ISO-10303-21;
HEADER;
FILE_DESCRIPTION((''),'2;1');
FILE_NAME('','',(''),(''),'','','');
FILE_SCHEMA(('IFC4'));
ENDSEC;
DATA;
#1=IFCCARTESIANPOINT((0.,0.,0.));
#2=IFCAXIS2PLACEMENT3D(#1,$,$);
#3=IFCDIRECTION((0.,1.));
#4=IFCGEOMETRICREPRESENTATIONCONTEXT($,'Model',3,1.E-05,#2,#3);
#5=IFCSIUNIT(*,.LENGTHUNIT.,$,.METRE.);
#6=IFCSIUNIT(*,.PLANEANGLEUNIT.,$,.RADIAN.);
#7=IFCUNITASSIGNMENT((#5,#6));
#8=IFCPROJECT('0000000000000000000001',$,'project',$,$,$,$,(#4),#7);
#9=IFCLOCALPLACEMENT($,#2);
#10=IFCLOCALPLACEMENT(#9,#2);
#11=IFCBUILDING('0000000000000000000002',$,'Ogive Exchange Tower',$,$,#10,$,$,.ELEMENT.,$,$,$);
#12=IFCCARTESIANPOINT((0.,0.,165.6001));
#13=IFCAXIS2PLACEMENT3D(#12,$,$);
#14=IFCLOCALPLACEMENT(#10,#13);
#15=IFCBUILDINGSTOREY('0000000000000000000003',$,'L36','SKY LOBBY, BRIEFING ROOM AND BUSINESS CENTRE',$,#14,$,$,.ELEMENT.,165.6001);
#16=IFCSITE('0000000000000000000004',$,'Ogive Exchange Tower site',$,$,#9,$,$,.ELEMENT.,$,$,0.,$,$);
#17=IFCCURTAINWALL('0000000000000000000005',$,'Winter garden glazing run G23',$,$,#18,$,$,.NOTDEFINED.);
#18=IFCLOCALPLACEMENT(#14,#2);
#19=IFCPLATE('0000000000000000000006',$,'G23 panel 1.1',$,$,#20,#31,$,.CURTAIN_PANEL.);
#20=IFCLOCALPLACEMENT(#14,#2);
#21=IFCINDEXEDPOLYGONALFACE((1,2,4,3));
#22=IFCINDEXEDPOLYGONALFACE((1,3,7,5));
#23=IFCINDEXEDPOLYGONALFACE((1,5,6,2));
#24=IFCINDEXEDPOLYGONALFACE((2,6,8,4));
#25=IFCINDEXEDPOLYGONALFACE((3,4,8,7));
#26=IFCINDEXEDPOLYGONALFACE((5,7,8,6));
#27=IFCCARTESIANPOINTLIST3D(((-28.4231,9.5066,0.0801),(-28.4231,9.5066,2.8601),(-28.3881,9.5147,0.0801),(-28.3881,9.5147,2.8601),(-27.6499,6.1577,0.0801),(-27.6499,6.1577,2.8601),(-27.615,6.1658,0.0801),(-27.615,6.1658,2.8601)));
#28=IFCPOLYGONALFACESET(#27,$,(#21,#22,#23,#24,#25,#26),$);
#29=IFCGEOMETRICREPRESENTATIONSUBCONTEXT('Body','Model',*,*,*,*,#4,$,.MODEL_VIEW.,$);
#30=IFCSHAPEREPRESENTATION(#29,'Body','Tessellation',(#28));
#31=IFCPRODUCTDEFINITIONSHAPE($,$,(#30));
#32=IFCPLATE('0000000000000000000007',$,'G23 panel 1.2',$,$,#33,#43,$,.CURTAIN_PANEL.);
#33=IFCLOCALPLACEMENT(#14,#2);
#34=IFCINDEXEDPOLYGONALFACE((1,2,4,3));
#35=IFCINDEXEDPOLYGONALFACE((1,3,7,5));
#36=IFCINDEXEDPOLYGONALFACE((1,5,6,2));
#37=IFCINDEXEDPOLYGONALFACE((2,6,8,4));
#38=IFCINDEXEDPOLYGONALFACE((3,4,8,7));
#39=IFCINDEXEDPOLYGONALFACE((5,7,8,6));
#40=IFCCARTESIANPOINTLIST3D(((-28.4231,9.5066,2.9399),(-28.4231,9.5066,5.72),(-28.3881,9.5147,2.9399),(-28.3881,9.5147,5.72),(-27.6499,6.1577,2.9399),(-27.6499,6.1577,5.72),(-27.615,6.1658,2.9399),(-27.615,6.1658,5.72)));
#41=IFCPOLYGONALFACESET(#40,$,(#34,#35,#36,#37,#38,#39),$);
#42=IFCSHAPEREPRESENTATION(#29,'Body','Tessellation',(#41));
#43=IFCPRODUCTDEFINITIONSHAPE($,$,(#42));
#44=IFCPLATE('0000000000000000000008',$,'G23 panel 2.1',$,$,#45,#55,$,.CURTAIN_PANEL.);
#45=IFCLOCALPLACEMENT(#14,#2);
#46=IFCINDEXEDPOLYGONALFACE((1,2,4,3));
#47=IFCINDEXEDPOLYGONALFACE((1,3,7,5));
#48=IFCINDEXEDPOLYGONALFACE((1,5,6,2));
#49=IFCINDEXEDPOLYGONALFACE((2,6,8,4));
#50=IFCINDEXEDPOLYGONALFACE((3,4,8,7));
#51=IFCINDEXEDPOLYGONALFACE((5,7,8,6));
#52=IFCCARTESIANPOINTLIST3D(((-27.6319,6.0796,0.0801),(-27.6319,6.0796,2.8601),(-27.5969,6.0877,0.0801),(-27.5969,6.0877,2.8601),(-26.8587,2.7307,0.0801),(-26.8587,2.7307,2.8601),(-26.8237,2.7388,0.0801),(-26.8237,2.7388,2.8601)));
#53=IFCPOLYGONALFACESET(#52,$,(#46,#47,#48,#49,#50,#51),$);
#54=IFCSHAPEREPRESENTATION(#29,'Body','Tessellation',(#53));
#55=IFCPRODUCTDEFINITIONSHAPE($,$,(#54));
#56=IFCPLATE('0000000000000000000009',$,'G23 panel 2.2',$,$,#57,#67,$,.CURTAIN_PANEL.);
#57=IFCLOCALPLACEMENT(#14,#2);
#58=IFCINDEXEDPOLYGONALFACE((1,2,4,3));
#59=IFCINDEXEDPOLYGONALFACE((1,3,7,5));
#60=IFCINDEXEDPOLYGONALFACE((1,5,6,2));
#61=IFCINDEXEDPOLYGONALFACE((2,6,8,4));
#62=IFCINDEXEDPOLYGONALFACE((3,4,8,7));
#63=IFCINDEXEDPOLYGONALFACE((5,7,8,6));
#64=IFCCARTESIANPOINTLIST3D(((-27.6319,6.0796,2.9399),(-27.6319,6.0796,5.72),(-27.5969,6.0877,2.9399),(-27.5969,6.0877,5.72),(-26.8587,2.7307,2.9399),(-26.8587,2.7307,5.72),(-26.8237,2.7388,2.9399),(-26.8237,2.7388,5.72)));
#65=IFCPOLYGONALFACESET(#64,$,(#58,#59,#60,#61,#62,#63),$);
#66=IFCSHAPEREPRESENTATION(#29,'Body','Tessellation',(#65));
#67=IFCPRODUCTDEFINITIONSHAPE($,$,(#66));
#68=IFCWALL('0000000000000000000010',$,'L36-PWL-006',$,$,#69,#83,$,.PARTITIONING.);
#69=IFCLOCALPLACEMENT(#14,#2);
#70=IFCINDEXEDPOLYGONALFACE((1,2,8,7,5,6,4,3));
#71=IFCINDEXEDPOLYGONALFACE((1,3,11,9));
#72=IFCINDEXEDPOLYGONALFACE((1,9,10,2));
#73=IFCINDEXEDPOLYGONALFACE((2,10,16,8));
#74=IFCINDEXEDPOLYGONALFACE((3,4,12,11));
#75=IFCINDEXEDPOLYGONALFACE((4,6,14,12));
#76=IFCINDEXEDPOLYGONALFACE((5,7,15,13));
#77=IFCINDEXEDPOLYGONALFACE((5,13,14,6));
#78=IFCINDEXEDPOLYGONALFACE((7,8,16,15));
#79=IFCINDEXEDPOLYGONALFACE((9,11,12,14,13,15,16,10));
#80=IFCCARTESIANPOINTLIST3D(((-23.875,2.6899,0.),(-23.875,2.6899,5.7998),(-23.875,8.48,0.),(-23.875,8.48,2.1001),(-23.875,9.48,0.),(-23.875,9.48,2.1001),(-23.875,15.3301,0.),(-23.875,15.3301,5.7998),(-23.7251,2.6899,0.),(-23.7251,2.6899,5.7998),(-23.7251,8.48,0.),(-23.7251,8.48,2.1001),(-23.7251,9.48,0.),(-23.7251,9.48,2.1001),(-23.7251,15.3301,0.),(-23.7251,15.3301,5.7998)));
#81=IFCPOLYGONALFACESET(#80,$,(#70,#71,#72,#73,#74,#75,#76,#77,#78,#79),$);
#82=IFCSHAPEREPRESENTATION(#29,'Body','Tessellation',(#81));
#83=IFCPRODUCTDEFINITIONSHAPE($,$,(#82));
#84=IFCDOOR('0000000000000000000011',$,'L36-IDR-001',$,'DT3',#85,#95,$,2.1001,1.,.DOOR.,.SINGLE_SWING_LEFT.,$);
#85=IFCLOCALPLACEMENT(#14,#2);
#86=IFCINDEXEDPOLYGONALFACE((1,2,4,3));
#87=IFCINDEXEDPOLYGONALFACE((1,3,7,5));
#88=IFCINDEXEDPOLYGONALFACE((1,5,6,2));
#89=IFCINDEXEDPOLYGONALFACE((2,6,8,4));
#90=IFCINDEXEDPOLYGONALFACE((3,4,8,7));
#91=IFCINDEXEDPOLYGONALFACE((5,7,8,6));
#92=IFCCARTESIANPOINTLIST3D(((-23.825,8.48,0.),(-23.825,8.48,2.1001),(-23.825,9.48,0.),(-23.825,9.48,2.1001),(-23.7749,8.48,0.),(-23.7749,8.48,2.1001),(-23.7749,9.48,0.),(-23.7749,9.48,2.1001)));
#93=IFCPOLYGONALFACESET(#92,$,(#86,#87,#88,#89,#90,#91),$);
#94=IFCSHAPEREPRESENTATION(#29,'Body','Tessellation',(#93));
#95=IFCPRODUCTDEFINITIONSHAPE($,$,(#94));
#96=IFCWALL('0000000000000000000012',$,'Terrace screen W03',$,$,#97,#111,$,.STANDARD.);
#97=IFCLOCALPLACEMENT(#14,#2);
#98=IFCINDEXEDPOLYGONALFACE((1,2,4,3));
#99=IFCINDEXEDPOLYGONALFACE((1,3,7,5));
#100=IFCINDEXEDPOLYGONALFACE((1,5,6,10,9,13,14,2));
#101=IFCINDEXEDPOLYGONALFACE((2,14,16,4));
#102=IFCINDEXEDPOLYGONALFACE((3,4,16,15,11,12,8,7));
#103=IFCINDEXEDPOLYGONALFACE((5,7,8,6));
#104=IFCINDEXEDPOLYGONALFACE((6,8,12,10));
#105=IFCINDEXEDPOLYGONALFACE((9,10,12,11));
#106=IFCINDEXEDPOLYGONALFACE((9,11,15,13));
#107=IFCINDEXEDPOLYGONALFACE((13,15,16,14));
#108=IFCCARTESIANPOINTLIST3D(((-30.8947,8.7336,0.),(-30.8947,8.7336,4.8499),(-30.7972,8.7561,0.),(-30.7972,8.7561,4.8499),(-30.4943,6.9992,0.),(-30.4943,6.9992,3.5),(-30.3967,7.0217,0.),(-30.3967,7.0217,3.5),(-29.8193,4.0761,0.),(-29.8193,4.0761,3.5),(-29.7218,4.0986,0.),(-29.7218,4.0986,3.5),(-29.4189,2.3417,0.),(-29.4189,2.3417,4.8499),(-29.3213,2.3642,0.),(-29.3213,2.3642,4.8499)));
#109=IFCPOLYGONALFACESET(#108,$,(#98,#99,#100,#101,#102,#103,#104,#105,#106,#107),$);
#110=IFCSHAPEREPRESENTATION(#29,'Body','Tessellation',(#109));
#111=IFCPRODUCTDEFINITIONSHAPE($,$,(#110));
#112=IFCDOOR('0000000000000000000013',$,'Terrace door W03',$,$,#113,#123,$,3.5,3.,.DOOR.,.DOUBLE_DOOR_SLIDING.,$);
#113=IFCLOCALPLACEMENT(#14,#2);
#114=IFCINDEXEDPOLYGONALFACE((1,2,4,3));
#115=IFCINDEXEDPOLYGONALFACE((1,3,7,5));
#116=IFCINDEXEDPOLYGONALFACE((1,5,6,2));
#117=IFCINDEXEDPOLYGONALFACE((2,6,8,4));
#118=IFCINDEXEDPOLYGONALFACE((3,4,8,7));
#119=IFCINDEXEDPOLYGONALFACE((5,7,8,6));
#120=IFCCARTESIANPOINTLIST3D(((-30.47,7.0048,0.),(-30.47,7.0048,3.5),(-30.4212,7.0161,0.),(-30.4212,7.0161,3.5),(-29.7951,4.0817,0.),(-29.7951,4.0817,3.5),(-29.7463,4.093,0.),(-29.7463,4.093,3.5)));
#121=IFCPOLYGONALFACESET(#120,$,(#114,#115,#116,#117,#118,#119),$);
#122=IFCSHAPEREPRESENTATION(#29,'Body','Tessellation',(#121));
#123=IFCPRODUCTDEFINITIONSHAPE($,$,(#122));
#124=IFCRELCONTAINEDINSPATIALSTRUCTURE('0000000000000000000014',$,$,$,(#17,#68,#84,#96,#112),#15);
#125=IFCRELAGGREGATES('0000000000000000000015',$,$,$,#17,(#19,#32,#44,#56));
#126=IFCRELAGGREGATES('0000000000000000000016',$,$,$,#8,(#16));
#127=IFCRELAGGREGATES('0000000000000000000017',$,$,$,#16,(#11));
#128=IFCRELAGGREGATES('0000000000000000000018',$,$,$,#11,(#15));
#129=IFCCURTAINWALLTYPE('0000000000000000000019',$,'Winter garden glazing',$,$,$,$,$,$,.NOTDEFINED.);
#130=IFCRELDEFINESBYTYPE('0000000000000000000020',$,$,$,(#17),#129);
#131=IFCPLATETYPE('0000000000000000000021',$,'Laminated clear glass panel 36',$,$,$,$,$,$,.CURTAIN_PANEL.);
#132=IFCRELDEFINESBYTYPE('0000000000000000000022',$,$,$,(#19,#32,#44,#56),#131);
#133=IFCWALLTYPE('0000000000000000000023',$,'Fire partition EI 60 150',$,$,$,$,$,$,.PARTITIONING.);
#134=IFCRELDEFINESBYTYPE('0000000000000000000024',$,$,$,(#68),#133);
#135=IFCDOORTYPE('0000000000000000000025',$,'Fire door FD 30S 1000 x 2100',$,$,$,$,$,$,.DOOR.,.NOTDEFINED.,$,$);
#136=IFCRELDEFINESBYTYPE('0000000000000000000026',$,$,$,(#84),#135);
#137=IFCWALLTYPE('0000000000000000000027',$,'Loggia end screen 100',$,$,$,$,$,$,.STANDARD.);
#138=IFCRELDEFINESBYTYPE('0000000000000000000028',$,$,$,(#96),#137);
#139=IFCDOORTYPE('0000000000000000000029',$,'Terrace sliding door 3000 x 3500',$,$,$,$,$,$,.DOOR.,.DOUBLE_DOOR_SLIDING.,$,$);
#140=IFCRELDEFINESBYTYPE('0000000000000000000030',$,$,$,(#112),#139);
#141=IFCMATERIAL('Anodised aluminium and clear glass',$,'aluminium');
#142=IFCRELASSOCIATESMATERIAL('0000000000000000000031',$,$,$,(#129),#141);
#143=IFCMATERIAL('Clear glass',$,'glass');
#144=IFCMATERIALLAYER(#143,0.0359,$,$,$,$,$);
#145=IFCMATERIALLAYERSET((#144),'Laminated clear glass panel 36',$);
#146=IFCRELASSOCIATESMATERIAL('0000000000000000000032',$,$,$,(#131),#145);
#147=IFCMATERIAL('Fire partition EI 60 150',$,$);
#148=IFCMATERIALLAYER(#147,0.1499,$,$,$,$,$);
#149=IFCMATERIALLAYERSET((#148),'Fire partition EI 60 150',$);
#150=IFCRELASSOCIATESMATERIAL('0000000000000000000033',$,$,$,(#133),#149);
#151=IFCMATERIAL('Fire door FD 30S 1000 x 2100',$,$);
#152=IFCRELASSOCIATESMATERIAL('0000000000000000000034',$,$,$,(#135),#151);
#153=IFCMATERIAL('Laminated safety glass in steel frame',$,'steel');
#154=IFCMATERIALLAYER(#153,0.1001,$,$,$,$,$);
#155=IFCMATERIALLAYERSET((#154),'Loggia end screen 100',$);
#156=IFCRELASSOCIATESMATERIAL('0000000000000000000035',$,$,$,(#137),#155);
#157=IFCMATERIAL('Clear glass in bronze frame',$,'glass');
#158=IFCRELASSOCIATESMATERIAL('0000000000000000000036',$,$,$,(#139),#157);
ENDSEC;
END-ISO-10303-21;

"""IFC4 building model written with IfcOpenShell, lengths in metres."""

from ifc_helpers import new_model, si_unit, direction, frame, frame_2d, origin, origin_2d, place, context, subcontext, project, spatial, rectangle, extrude, material, layer, layer_set, type_object, element, fill, aggregate, save


model = new_model("IFC4")

# Units and contexts
model_context = context("Model", 3, precision=1e-05, world=origin(), true_north=direction((0.0, 1.0)))
body_context = subcontext(model_context, "Body", "Model", "MODEL_VIEW")
ifc_project = project(units=[si_unit("LENGTHUNIT", "METRE"), si_unit("PLANEANGLEUNIT", "RADIAN")], contexts=[model_context])

# Site, building, storey
site_placement = place(None, origin())
site = spatial("IfcSite", under=ifc_project, at=site_placement, Name="Ogive Exchange Tower site", CompositionType="ELEMENT", RefElevation=0.0)
building_placement = place(site_placement, origin())
building = spatial("IfcBuilding", under=site, at=building_placement, Name="Ogive Exchange Tower", CompositionType="ELEMENT")
storey_placement = place(building_placement, frame((0.0, 0.0, 165.6001)))
storey = spatial("IfcBuildingStorey", under=building, at=storey_placement, Name="L36", Description="SKY LOBBY, BRIEFING ROOM AND BUSINESS CENTRE", CompositionType="ELEMENT", Elevation=165.6001)

# Curtain wall, plates
ifc_material_1 = material(Name="Anodised aluminium and clear glass", Category="aluminium")
curtain_wall_type = type_object("IfcCurtainWallType", Name="Winter garden glazing", PredefinedType="NOTDEFINED", material=ifc_material_1)
curtain_wall_placement = place(storey_placement, origin())
curtain_wall = element("IfcCurtainWall", 1, at=curtain_wall_placement, inside=storey, type_object=curtain_wall_type, Name="Winter garden glazing run G23", PredefinedType="NOTDEFINED")
ifc_material_2 = material(Name="Clear glass", Category="glass")
ifc_layer_1 = layer(ifc_material_2, 0.0359)
ifc_layer_set_1 = layer_set([ifc_layer_1], Name="Laminated clear glass panel 36")
plate_type = type_object("IfcPlateType", Name="Laminated clear glass panel 36", PredefinedType="CURTAIN_PANEL", material=ifc_layer_set_1)
plate_1_placement = place(storey_placement, frame((-28.019, 7.8362, 0.0801), z_axis=(0.0, 0.0, 1.0), x_axis=(0.224957, -0.974369, 0.0)))
plate_1 = element("IfcPlate", 2, at=plate_1_placement, type_object=plate_type, Name="G23 panel 1.1", PredefinedType="CURTAIN_PANEL", context=body_context, shape_type="SweptSolid", body=[
    extrude(rectangle(XDim=3.437, YDim=0.0359, at=origin_2d()), origin(), (0.0, 0.0, 1.0), 2.78),
])
plate_2_placement = place(storey_placement, frame((-28.019, 7.8362, 2.9399), z_axis=(0.0, 0.0, 1.0), x_axis=(0.224957, -0.974369, 0.0)))
plate_2 = element("IfcPlate", 3, at=plate_2_placement, type_object=plate_type, Name="G23 panel 1.2", PredefinedType="CURTAIN_PANEL", context=body_context, shape_type="SweptSolid", body=[
    extrude(rectangle(XDim=3.437, YDim=0.0359, at=origin_2d()), origin(), (0.0, 0.0, 1.0), 2.78),
])
plate_3_placement = place(storey_placement, frame((-27.2278, 4.4092, 0.0801), z_axis=(0.0, 0.0, 1.0), x_axis=(0.224957, -0.974369, 0.0)))
plate_3 = element("IfcPlate", 4, at=plate_3_placement, type_object=plate_type, Name="G23 panel 2.1", PredefinedType="CURTAIN_PANEL", context=body_context, shape_type="SweptSolid", body=[
    extrude(rectangle(XDim=3.437, YDim=0.0359, at=origin_2d()), origin(), (0.0, 0.0, 1.0), 2.78),
])
plate_4_placement = place(storey_placement, frame((-27.2278, 4.4092, 2.9399), z_axis=(0.0, 0.0, 1.0), x_axis=(0.224957, -0.974369, 0.0)))
plate_4 = element("IfcPlate", 5, at=plate_4_placement, type_object=plate_type, Name="G23 panel 2.2", PredefinedType="CURTAIN_PANEL", context=body_context, shape_type="SweptSolid", body=[
    extrude(rectangle(XDim=3.437, YDim=0.0359, at=origin_2d()), origin(), (0.0, 0.0, 1.0), 2.78),
])
aggregate(curtain_wall, [plate_1, plate_2, plate_3, plate_4])

# Walls, openings, doors
ifc_material_3 = material(Name="Fire partition EI 60 150")
ifc_layer_2 = layer(ifc_material_3, 0.1499)
ifc_layer_set_2 = layer_set([ifc_layer_2], Name="Fire partition EI 60 150")
wall_type_1 = type_object("IfcWallType", Name="Fire partition EI 60 150", PredefinedType="PARTITIONING", material=ifc_layer_set_2)
wall_1_placement = place(storey_placement, frame((-23.8, 2.6899, 0.0), z_axis=(0.0, 0.0, 1.0), x_axis=(0.0, 1.0, 0.0)))
wall_1 = element("IfcWall", 6, at=wall_1_placement, inside=storey, type_object=wall_type_1, Name="L36-PWL-006", PredefinedType="PARTITIONING", context=body_context, shape_type="SweptSolid", body=[
    extrude(rectangle(XDim=12.6401, YDim=0.1499, at=frame_2d((6.3201, 0.0))), origin(), (0.0, 0.0, 1.0), 5.7998),
])
opening_1_placement = place(wall_1_placement, frame((5.79, 0.0, 0.0)))
opening_1 = element("IfcOpeningElement", 7, at=opening_1_placement, cuts=wall_1, PredefinedType="OPENING", context=body_context, shape_type="SweptSolid", body=[
    extrude(rectangle(XDim=1.0, YDim=2.1001, at=frame_2d((0.5, 1.05))), frame((0.0, 0.085, 0.0), z_axis=(0.0, -1.0, 0.0), x_axis=(1.0, 0.0, 0.0)), (0.0, 0.0, 1.0), 0.1699),
])
ifc_material_4 = material(Name="Fire door FD 30S 1000 x 2100")
door_type_1 = type_object("IfcDoorType", Name="Fire door FD 30S 1000 x 2100", OperationType="NOTDEFINED", PredefinedType="DOOR", material=ifc_material_4)
door_1_placement = place(opening_1_placement, origin())
door_1 = element("IfcDoor", 8, at=door_1_placement, inside=storey, type_object=door_type_1, Name="L36-IDR-001", ObjectType="DT3", OperationType="SINGLE_SWING_LEFT", OverallHeight=2.1001, OverallWidth=1.0, PredefinedType="DOOR", context=body_context, shape_type="SweptSolid", body=[
    extrude(rectangle(XDim=1.0, YDim=2.1001, at=frame_2d((0.5, 1.05))), frame((0.0, 0.0249, 0.0), z_axis=(0.0, -1.0, 0.0), x_axis=(1.0, 0.0, 0.0)), (0.0, 0.0, 1.0), 0.05),
])
fill(opening_1, door_1)
ifc_material_5 = material(Name="Laminated safety glass in steel frame", Category="steel")
ifc_layer_3 = layer(ifc_material_5, 0.1001)
ifc_layer_set_3 = layer_set([ifc_layer_3], Name="Loggia end screen 100")
wall_type_2 = type_object("IfcWallType", Name="Loggia end screen 100", PredefinedType="STANDARD", material=ifc_layer_set_3)
wall_2_placement = place(storey_placement, frame((-30.8459, 8.7449, 0.0), z_axis=(0.0, 0.0, 1.0), x_axis=(0.224974, -0.974365, 0.0)))
wall_2 = element("IfcWall", 9, at=wall_2_placement, inside=storey, type_object=wall_type_2, Name="Terrace screen W03", PredefinedType="STANDARD", context=body_context, shape_type="SweptSolid", body=[
    extrude(rectangle(XDim=6.5601, YDim=0.1001, at=frame_2d((3.28, 0.0))), origin(), (0.0, 0.0, 1.0), 4.8499),
])
opening_2_placement = place(wall_2_placement, frame((1.78, 0.0, 0.0)))
opening_2 = element("IfcOpeningElement", 10, at=opening_2_placement, cuts=wall_2, PredefinedType="OPENING", context=body_context, shape_type="SweptSolid", body=[
    extrude(rectangle(XDim=3.0, YDim=3.5, at=frame_2d((1.5, 1.75))), frame((0.0, 0.0601, 0.0), z_axis=(0.0, -1.0, 0.0), x_axis=(1.0, 0.0, 0.0)), (0.0, 0.0, 1.0), 0.1201),
])
ifc_material_6 = material(Name="Clear glass in bronze frame", Category="glass")
door_type_2 = type_object("IfcDoorType", Name="Terrace sliding door 3000 x 3500", OperationType="DOUBLE_DOOR_SLIDING", PredefinedType="DOOR", material=ifc_material_6)
door_2_placement = place(opening_2_placement, origin())
door_2 = element("IfcDoor", 11, at=door_2_placement, inside=storey, type_object=door_type_2, Name="Terrace door W03", OperationType="DOUBLE_DOOR_SLIDING", OverallHeight=3.5, OverallWidth=3.0, PredefinedType="DOOR", context=body_context, shape_type="SweptSolid", body=[
    extrude(rectangle(XDim=3.0, YDim=3.5, at=frame_2d((1.5, 1.75))), frame((0.0, 0.0249, 0.0), z_axis=(0.0, -1.0, 0.0), x_axis=(1.0, 0.0, 0.0)), (0.0, 0.0, 1.0), 0.05),
])
fill(opening_2, door_2)

save(model, "model.ifc")
